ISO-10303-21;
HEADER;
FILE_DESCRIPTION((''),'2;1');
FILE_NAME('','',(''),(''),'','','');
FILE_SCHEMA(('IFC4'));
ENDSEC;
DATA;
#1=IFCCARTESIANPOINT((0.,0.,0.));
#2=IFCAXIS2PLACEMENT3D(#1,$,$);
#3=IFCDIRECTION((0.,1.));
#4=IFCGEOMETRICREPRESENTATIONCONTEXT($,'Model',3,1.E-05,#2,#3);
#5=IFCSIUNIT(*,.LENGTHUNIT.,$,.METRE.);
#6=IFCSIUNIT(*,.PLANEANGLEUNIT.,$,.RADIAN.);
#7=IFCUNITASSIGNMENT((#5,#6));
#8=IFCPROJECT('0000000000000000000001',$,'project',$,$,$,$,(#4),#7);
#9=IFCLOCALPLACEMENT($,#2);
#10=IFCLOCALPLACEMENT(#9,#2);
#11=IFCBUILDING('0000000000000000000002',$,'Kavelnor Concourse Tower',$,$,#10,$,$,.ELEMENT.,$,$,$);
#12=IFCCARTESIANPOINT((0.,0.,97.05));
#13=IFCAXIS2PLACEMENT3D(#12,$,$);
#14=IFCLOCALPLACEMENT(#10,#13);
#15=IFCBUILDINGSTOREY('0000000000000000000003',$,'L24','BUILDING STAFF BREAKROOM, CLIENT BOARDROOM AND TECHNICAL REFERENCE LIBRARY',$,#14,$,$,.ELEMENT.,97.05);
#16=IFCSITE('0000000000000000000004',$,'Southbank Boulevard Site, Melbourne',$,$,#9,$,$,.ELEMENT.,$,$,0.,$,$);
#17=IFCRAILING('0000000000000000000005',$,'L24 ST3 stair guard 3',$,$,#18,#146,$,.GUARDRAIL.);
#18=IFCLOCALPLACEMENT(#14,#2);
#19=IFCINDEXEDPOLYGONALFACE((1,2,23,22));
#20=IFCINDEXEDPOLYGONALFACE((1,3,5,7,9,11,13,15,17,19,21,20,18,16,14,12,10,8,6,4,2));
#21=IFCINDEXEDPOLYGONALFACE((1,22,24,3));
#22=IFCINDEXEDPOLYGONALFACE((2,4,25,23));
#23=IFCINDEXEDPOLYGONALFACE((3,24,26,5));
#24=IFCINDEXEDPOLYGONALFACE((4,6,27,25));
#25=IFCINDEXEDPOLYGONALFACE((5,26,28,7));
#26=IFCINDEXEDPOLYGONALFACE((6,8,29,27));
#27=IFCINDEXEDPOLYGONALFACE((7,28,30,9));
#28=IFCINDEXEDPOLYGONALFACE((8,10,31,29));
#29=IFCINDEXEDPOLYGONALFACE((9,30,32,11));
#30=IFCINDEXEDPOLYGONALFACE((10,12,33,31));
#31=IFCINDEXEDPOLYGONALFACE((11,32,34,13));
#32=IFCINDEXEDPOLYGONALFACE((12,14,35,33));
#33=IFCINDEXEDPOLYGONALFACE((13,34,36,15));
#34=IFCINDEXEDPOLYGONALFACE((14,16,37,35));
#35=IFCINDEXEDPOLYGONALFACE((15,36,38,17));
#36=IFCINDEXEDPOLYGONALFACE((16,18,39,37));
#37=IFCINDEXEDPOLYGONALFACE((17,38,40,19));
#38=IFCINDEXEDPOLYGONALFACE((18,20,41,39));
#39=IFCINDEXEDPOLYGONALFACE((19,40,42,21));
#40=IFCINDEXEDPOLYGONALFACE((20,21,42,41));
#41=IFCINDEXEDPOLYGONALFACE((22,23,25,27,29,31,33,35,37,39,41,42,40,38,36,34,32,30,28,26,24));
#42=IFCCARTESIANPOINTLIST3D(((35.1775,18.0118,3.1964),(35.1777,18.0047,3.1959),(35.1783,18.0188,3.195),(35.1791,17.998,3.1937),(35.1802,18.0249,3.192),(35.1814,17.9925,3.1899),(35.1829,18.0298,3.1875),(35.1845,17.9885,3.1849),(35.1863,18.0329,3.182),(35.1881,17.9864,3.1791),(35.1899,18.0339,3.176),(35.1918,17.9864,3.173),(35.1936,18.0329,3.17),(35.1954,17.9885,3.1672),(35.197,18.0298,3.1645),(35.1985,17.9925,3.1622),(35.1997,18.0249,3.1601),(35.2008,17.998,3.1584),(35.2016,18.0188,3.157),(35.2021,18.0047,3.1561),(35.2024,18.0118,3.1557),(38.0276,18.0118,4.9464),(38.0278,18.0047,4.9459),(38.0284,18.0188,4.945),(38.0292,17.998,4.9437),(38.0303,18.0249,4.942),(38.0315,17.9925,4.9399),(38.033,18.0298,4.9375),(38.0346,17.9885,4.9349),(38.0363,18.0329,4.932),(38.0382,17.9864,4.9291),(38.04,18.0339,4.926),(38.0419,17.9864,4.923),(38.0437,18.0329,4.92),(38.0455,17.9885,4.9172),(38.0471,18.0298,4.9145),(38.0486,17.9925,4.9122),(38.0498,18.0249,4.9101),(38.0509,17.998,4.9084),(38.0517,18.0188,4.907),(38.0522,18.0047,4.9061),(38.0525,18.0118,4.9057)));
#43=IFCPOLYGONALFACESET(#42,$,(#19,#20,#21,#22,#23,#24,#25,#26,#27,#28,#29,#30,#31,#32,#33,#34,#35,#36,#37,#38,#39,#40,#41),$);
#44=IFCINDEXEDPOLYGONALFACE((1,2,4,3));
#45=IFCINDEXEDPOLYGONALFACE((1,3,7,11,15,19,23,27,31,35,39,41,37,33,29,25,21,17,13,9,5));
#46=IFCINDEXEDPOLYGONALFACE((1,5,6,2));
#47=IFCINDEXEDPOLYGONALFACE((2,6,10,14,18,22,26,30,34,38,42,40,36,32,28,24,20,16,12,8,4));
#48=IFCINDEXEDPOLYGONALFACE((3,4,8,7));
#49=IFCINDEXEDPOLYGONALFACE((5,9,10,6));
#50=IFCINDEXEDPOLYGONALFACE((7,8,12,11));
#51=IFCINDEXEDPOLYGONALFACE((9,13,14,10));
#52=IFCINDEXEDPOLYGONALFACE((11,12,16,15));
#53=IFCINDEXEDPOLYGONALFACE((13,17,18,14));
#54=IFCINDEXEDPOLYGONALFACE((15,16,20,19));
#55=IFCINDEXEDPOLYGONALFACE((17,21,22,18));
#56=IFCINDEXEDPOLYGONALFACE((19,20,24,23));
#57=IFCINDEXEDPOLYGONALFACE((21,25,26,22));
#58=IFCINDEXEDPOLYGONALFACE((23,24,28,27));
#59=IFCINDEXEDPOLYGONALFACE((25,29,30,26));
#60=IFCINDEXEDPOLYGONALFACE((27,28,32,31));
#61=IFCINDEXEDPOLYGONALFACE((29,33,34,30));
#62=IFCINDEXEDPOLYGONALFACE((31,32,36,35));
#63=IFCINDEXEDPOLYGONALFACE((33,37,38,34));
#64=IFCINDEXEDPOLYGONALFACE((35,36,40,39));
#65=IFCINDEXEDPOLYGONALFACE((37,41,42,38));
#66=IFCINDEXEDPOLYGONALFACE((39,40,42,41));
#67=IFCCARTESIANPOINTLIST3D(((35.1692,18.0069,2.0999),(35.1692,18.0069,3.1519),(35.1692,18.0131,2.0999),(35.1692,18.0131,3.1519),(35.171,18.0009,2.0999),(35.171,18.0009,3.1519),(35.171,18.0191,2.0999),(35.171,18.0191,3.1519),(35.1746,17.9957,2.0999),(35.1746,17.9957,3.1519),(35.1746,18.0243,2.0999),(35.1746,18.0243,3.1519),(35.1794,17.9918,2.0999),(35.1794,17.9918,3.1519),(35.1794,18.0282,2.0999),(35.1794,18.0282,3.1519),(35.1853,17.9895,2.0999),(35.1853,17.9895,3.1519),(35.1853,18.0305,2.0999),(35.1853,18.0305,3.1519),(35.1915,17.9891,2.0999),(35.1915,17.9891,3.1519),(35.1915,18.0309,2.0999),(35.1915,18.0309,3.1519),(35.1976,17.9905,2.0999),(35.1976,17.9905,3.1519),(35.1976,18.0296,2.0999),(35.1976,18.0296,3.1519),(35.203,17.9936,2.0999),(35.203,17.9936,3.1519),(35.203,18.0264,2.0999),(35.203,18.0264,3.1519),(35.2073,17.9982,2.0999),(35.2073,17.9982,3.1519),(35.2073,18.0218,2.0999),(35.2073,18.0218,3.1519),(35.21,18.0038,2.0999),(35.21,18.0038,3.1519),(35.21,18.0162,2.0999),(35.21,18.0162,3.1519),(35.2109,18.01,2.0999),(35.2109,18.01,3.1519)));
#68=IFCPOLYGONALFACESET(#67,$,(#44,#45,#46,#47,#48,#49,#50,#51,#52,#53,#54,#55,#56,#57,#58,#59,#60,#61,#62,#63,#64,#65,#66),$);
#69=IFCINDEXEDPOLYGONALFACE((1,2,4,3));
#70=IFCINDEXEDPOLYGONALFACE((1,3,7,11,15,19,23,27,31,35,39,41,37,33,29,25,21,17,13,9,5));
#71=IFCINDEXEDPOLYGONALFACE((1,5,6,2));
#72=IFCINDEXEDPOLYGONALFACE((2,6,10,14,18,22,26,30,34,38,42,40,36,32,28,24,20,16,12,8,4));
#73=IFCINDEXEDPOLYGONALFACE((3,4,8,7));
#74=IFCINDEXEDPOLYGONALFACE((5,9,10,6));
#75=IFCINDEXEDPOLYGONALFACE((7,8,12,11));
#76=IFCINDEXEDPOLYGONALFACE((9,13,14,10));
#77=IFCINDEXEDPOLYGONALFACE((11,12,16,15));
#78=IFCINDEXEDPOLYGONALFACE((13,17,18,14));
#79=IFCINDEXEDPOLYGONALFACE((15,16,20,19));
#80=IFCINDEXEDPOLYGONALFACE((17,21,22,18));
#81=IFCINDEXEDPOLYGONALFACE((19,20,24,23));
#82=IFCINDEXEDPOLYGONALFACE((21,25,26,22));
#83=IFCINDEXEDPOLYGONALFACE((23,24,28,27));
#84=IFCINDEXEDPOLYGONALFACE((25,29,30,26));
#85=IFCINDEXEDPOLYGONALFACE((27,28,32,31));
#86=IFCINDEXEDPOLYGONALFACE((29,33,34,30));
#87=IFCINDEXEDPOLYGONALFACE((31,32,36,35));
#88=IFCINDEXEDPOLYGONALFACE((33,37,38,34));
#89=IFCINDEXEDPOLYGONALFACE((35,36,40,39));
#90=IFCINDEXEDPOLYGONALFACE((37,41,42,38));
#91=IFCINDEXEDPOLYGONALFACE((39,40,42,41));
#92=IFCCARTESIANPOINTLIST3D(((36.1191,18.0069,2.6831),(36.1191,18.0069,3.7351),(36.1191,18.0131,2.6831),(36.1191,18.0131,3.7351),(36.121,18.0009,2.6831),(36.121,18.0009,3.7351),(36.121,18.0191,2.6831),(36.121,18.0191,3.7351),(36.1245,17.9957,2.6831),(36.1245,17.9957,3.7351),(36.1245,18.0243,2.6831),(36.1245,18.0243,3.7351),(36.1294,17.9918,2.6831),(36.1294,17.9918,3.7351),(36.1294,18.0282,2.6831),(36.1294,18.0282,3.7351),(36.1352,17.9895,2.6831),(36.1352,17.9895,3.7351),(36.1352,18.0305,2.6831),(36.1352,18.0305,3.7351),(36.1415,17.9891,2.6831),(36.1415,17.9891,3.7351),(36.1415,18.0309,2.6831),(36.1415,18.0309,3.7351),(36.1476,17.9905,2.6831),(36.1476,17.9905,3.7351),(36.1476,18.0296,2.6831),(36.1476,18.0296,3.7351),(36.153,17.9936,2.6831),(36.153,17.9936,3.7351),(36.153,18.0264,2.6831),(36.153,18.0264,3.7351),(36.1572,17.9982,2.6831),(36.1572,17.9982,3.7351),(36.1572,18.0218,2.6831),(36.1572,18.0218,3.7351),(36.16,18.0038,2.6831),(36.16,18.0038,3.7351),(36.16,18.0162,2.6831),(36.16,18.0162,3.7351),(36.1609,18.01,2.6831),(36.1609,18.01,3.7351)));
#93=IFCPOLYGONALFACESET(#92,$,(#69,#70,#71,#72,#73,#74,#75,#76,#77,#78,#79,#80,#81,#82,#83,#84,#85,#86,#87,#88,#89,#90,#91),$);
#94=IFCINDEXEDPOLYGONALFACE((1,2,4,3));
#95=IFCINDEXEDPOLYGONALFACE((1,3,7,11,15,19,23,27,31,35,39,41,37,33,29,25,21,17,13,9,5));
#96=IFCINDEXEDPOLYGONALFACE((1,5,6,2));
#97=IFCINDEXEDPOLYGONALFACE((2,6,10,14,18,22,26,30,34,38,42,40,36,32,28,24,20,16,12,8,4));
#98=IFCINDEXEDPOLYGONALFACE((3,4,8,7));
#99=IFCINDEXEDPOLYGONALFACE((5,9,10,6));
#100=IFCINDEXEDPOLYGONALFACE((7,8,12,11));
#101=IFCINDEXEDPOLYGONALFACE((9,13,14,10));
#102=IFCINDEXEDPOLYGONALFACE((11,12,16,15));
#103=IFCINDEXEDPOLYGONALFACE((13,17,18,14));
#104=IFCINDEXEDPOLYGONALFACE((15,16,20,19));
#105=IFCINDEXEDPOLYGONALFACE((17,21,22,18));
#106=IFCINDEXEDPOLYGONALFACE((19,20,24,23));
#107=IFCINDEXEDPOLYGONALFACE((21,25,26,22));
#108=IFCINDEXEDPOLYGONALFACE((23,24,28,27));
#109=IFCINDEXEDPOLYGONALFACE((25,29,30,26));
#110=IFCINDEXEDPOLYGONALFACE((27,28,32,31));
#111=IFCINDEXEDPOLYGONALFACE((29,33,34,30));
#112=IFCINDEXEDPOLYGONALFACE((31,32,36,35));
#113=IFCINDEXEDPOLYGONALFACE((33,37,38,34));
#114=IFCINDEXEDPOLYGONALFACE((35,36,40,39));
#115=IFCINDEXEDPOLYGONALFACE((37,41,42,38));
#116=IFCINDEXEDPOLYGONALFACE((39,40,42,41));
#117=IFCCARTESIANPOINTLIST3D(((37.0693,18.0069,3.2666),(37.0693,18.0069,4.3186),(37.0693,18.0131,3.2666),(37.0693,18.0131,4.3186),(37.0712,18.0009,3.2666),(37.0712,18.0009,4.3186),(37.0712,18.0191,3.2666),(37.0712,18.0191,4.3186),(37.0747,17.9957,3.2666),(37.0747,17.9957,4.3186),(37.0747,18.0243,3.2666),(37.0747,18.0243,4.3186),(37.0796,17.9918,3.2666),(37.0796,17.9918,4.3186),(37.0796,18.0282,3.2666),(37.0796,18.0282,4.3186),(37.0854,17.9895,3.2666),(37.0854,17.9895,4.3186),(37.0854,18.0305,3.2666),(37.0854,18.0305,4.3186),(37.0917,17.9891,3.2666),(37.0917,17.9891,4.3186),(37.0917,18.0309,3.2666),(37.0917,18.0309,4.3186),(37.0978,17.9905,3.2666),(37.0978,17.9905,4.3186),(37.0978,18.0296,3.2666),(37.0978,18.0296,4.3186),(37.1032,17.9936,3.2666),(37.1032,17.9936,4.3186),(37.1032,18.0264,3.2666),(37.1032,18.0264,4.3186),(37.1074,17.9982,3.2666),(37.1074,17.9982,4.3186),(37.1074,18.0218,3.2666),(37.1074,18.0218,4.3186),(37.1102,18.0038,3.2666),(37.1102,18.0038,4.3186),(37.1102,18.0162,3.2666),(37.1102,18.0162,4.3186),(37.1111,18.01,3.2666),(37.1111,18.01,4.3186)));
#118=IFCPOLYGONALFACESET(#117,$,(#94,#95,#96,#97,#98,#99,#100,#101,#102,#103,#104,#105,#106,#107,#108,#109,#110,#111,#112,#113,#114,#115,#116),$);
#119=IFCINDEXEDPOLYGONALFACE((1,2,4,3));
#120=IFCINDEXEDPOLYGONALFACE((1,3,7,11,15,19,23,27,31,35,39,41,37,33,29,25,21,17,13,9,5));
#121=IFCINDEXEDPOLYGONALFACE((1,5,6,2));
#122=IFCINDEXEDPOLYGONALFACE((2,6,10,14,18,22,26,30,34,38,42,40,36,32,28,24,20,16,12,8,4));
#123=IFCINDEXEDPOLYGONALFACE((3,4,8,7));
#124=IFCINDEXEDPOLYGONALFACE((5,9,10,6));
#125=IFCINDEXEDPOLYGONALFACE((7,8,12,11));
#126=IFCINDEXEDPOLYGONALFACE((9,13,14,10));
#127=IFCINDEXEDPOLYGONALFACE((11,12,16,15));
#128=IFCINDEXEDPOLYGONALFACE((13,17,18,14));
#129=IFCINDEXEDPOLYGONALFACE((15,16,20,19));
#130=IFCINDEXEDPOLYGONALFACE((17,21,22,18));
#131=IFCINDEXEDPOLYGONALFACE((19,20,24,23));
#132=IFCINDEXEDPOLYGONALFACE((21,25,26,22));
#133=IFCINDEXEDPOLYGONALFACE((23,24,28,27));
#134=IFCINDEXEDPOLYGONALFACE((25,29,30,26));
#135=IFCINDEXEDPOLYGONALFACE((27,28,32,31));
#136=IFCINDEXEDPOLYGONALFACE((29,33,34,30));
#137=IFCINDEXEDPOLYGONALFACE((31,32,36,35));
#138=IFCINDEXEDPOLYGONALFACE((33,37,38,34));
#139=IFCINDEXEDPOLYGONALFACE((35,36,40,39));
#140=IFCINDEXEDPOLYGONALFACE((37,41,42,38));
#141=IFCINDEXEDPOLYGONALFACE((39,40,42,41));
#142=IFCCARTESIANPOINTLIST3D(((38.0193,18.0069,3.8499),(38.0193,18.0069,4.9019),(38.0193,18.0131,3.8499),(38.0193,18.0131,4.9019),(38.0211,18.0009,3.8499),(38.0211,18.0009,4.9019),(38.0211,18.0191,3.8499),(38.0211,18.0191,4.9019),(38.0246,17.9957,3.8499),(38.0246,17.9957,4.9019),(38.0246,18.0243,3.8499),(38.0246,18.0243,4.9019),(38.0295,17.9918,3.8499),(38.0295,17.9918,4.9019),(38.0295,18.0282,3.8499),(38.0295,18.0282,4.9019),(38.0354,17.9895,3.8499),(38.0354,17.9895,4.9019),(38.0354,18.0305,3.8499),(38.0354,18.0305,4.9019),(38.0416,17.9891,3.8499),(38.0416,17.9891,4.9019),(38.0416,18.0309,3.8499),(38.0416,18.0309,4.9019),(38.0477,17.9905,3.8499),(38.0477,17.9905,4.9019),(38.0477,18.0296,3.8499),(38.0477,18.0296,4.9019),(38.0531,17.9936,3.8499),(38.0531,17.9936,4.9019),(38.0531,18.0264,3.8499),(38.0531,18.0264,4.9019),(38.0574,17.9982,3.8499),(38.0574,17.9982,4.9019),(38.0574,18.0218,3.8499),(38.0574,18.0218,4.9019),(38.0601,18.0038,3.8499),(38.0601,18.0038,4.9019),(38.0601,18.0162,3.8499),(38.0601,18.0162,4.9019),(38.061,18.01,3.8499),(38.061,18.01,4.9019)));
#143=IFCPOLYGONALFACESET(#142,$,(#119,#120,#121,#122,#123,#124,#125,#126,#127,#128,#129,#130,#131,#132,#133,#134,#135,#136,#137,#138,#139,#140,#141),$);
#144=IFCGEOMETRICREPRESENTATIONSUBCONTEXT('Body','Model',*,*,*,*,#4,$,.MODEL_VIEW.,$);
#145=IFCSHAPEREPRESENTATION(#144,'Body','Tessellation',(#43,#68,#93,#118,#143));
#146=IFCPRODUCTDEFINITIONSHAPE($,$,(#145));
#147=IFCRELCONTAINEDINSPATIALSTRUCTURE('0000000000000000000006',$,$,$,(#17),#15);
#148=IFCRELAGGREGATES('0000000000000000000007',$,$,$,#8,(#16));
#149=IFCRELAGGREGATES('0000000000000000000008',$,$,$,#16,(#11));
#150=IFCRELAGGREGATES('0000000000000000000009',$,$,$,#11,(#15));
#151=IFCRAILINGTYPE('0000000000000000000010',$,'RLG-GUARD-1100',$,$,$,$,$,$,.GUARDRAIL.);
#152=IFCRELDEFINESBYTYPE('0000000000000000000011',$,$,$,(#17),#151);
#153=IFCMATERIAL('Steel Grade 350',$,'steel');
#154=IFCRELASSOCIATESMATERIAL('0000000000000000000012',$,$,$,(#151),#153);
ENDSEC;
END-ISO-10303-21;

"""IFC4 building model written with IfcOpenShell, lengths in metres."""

from ifc_helpers import new_model, si_unit, direction, frame, origin, origin_2d, place, context, subcontext, project, spatial, circle, extrude, material, type_object, element, save


model = new_model("IFC4")

# Units and contexts
model_context = context("Model", 3, precision=1e-05, world=origin(), true_north=direction((0.0, 1.0)))
body_context = subcontext(model_context, "Body", "Model", "MODEL_VIEW")
ifc_project = project(units=[si_unit("LENGTHUNIT", "METRE"), si_unit("PLANEANGLEUNIT", "RADIAN")], contexts=[model_context])

# Site, building, storey
site_placement = place(None, origin())
site = spatial("IfcSite", under=ifc_project, at=site_placement, Name="Southbank Boulevard Site, Melbourne", CompositionType="ELEMENT", RefElevation=0.0)
building_placement = place(site_placement, origin())
building = spatial("IfcBuilding", under=site, at=building_placement, Name="Kavelnor Concourse Tower", CompositionType="ELEMENT")
storey_placement = place(building_placement, frame((0.0, 0.0, 97.05)))
storey = spatial("IfcBuildingStorey", under=building, at=storey_placement, Name="L24", Description="BUILDING STAFF BREAKROOM, CLIENT BOARDROOM AND TECHNICAL REFERENCE LIBRARY", CompositionType="ELEMENT", Elevation=97.05)

# Shared definitions
ifc_material_1 = material(Name="Steel Grade 350", Category="steel")

# Railing
railing_type_1 = type_object("IfcRailingType", Name="RLG-GUARD-1100", PredefinedType="GUARDRAIL", material=ifc_material_1)
railing_1_placement = place(storey_placement, frame((35.1899, 18.01, 2.0999)))
element("IfcRailing", 1, at=railing_1_placement, inside=storey, type_object=railing_type_1, Name="L24 ST3 stair guard 3", PredefinedType="GUARDRAIL", context=body_context, shape_type="SweptSolid", body=[
    extrude(circle(Radius=0.0239, at=origin_2d()), frame((0.0, 0.0, 1.0762), z_axis=(0.852179, 0.0, 0.52325), x_axis=(0.0, 1.0, 0.0)), (0.0, 0.0, 1.0), 3.3445),
    extrude(circle(Radius=0.021, at=origin_2d()), origin(), (0.0, 0.0, 1.0), 1.052),
    extrude(circle(Radius=0.021, at=origin_2d()), frame((0.95, 0.0, 0.5833)), (0.0, 0.0, 1.0), 1.052),
    extrude(circle(Radius=0.021, at=origin_2d()), frame((1.9001, 0.0, 1.1667)), (0.0, 0.0, 1.0), 1.052),
    extrude(circle(Radius=0.021, at=origin_2d()), frame((2.8501, 0.0, 1.75)), (0.0, 0.0, 1.0), 1.052),
])

save(model, "model.ifc")
